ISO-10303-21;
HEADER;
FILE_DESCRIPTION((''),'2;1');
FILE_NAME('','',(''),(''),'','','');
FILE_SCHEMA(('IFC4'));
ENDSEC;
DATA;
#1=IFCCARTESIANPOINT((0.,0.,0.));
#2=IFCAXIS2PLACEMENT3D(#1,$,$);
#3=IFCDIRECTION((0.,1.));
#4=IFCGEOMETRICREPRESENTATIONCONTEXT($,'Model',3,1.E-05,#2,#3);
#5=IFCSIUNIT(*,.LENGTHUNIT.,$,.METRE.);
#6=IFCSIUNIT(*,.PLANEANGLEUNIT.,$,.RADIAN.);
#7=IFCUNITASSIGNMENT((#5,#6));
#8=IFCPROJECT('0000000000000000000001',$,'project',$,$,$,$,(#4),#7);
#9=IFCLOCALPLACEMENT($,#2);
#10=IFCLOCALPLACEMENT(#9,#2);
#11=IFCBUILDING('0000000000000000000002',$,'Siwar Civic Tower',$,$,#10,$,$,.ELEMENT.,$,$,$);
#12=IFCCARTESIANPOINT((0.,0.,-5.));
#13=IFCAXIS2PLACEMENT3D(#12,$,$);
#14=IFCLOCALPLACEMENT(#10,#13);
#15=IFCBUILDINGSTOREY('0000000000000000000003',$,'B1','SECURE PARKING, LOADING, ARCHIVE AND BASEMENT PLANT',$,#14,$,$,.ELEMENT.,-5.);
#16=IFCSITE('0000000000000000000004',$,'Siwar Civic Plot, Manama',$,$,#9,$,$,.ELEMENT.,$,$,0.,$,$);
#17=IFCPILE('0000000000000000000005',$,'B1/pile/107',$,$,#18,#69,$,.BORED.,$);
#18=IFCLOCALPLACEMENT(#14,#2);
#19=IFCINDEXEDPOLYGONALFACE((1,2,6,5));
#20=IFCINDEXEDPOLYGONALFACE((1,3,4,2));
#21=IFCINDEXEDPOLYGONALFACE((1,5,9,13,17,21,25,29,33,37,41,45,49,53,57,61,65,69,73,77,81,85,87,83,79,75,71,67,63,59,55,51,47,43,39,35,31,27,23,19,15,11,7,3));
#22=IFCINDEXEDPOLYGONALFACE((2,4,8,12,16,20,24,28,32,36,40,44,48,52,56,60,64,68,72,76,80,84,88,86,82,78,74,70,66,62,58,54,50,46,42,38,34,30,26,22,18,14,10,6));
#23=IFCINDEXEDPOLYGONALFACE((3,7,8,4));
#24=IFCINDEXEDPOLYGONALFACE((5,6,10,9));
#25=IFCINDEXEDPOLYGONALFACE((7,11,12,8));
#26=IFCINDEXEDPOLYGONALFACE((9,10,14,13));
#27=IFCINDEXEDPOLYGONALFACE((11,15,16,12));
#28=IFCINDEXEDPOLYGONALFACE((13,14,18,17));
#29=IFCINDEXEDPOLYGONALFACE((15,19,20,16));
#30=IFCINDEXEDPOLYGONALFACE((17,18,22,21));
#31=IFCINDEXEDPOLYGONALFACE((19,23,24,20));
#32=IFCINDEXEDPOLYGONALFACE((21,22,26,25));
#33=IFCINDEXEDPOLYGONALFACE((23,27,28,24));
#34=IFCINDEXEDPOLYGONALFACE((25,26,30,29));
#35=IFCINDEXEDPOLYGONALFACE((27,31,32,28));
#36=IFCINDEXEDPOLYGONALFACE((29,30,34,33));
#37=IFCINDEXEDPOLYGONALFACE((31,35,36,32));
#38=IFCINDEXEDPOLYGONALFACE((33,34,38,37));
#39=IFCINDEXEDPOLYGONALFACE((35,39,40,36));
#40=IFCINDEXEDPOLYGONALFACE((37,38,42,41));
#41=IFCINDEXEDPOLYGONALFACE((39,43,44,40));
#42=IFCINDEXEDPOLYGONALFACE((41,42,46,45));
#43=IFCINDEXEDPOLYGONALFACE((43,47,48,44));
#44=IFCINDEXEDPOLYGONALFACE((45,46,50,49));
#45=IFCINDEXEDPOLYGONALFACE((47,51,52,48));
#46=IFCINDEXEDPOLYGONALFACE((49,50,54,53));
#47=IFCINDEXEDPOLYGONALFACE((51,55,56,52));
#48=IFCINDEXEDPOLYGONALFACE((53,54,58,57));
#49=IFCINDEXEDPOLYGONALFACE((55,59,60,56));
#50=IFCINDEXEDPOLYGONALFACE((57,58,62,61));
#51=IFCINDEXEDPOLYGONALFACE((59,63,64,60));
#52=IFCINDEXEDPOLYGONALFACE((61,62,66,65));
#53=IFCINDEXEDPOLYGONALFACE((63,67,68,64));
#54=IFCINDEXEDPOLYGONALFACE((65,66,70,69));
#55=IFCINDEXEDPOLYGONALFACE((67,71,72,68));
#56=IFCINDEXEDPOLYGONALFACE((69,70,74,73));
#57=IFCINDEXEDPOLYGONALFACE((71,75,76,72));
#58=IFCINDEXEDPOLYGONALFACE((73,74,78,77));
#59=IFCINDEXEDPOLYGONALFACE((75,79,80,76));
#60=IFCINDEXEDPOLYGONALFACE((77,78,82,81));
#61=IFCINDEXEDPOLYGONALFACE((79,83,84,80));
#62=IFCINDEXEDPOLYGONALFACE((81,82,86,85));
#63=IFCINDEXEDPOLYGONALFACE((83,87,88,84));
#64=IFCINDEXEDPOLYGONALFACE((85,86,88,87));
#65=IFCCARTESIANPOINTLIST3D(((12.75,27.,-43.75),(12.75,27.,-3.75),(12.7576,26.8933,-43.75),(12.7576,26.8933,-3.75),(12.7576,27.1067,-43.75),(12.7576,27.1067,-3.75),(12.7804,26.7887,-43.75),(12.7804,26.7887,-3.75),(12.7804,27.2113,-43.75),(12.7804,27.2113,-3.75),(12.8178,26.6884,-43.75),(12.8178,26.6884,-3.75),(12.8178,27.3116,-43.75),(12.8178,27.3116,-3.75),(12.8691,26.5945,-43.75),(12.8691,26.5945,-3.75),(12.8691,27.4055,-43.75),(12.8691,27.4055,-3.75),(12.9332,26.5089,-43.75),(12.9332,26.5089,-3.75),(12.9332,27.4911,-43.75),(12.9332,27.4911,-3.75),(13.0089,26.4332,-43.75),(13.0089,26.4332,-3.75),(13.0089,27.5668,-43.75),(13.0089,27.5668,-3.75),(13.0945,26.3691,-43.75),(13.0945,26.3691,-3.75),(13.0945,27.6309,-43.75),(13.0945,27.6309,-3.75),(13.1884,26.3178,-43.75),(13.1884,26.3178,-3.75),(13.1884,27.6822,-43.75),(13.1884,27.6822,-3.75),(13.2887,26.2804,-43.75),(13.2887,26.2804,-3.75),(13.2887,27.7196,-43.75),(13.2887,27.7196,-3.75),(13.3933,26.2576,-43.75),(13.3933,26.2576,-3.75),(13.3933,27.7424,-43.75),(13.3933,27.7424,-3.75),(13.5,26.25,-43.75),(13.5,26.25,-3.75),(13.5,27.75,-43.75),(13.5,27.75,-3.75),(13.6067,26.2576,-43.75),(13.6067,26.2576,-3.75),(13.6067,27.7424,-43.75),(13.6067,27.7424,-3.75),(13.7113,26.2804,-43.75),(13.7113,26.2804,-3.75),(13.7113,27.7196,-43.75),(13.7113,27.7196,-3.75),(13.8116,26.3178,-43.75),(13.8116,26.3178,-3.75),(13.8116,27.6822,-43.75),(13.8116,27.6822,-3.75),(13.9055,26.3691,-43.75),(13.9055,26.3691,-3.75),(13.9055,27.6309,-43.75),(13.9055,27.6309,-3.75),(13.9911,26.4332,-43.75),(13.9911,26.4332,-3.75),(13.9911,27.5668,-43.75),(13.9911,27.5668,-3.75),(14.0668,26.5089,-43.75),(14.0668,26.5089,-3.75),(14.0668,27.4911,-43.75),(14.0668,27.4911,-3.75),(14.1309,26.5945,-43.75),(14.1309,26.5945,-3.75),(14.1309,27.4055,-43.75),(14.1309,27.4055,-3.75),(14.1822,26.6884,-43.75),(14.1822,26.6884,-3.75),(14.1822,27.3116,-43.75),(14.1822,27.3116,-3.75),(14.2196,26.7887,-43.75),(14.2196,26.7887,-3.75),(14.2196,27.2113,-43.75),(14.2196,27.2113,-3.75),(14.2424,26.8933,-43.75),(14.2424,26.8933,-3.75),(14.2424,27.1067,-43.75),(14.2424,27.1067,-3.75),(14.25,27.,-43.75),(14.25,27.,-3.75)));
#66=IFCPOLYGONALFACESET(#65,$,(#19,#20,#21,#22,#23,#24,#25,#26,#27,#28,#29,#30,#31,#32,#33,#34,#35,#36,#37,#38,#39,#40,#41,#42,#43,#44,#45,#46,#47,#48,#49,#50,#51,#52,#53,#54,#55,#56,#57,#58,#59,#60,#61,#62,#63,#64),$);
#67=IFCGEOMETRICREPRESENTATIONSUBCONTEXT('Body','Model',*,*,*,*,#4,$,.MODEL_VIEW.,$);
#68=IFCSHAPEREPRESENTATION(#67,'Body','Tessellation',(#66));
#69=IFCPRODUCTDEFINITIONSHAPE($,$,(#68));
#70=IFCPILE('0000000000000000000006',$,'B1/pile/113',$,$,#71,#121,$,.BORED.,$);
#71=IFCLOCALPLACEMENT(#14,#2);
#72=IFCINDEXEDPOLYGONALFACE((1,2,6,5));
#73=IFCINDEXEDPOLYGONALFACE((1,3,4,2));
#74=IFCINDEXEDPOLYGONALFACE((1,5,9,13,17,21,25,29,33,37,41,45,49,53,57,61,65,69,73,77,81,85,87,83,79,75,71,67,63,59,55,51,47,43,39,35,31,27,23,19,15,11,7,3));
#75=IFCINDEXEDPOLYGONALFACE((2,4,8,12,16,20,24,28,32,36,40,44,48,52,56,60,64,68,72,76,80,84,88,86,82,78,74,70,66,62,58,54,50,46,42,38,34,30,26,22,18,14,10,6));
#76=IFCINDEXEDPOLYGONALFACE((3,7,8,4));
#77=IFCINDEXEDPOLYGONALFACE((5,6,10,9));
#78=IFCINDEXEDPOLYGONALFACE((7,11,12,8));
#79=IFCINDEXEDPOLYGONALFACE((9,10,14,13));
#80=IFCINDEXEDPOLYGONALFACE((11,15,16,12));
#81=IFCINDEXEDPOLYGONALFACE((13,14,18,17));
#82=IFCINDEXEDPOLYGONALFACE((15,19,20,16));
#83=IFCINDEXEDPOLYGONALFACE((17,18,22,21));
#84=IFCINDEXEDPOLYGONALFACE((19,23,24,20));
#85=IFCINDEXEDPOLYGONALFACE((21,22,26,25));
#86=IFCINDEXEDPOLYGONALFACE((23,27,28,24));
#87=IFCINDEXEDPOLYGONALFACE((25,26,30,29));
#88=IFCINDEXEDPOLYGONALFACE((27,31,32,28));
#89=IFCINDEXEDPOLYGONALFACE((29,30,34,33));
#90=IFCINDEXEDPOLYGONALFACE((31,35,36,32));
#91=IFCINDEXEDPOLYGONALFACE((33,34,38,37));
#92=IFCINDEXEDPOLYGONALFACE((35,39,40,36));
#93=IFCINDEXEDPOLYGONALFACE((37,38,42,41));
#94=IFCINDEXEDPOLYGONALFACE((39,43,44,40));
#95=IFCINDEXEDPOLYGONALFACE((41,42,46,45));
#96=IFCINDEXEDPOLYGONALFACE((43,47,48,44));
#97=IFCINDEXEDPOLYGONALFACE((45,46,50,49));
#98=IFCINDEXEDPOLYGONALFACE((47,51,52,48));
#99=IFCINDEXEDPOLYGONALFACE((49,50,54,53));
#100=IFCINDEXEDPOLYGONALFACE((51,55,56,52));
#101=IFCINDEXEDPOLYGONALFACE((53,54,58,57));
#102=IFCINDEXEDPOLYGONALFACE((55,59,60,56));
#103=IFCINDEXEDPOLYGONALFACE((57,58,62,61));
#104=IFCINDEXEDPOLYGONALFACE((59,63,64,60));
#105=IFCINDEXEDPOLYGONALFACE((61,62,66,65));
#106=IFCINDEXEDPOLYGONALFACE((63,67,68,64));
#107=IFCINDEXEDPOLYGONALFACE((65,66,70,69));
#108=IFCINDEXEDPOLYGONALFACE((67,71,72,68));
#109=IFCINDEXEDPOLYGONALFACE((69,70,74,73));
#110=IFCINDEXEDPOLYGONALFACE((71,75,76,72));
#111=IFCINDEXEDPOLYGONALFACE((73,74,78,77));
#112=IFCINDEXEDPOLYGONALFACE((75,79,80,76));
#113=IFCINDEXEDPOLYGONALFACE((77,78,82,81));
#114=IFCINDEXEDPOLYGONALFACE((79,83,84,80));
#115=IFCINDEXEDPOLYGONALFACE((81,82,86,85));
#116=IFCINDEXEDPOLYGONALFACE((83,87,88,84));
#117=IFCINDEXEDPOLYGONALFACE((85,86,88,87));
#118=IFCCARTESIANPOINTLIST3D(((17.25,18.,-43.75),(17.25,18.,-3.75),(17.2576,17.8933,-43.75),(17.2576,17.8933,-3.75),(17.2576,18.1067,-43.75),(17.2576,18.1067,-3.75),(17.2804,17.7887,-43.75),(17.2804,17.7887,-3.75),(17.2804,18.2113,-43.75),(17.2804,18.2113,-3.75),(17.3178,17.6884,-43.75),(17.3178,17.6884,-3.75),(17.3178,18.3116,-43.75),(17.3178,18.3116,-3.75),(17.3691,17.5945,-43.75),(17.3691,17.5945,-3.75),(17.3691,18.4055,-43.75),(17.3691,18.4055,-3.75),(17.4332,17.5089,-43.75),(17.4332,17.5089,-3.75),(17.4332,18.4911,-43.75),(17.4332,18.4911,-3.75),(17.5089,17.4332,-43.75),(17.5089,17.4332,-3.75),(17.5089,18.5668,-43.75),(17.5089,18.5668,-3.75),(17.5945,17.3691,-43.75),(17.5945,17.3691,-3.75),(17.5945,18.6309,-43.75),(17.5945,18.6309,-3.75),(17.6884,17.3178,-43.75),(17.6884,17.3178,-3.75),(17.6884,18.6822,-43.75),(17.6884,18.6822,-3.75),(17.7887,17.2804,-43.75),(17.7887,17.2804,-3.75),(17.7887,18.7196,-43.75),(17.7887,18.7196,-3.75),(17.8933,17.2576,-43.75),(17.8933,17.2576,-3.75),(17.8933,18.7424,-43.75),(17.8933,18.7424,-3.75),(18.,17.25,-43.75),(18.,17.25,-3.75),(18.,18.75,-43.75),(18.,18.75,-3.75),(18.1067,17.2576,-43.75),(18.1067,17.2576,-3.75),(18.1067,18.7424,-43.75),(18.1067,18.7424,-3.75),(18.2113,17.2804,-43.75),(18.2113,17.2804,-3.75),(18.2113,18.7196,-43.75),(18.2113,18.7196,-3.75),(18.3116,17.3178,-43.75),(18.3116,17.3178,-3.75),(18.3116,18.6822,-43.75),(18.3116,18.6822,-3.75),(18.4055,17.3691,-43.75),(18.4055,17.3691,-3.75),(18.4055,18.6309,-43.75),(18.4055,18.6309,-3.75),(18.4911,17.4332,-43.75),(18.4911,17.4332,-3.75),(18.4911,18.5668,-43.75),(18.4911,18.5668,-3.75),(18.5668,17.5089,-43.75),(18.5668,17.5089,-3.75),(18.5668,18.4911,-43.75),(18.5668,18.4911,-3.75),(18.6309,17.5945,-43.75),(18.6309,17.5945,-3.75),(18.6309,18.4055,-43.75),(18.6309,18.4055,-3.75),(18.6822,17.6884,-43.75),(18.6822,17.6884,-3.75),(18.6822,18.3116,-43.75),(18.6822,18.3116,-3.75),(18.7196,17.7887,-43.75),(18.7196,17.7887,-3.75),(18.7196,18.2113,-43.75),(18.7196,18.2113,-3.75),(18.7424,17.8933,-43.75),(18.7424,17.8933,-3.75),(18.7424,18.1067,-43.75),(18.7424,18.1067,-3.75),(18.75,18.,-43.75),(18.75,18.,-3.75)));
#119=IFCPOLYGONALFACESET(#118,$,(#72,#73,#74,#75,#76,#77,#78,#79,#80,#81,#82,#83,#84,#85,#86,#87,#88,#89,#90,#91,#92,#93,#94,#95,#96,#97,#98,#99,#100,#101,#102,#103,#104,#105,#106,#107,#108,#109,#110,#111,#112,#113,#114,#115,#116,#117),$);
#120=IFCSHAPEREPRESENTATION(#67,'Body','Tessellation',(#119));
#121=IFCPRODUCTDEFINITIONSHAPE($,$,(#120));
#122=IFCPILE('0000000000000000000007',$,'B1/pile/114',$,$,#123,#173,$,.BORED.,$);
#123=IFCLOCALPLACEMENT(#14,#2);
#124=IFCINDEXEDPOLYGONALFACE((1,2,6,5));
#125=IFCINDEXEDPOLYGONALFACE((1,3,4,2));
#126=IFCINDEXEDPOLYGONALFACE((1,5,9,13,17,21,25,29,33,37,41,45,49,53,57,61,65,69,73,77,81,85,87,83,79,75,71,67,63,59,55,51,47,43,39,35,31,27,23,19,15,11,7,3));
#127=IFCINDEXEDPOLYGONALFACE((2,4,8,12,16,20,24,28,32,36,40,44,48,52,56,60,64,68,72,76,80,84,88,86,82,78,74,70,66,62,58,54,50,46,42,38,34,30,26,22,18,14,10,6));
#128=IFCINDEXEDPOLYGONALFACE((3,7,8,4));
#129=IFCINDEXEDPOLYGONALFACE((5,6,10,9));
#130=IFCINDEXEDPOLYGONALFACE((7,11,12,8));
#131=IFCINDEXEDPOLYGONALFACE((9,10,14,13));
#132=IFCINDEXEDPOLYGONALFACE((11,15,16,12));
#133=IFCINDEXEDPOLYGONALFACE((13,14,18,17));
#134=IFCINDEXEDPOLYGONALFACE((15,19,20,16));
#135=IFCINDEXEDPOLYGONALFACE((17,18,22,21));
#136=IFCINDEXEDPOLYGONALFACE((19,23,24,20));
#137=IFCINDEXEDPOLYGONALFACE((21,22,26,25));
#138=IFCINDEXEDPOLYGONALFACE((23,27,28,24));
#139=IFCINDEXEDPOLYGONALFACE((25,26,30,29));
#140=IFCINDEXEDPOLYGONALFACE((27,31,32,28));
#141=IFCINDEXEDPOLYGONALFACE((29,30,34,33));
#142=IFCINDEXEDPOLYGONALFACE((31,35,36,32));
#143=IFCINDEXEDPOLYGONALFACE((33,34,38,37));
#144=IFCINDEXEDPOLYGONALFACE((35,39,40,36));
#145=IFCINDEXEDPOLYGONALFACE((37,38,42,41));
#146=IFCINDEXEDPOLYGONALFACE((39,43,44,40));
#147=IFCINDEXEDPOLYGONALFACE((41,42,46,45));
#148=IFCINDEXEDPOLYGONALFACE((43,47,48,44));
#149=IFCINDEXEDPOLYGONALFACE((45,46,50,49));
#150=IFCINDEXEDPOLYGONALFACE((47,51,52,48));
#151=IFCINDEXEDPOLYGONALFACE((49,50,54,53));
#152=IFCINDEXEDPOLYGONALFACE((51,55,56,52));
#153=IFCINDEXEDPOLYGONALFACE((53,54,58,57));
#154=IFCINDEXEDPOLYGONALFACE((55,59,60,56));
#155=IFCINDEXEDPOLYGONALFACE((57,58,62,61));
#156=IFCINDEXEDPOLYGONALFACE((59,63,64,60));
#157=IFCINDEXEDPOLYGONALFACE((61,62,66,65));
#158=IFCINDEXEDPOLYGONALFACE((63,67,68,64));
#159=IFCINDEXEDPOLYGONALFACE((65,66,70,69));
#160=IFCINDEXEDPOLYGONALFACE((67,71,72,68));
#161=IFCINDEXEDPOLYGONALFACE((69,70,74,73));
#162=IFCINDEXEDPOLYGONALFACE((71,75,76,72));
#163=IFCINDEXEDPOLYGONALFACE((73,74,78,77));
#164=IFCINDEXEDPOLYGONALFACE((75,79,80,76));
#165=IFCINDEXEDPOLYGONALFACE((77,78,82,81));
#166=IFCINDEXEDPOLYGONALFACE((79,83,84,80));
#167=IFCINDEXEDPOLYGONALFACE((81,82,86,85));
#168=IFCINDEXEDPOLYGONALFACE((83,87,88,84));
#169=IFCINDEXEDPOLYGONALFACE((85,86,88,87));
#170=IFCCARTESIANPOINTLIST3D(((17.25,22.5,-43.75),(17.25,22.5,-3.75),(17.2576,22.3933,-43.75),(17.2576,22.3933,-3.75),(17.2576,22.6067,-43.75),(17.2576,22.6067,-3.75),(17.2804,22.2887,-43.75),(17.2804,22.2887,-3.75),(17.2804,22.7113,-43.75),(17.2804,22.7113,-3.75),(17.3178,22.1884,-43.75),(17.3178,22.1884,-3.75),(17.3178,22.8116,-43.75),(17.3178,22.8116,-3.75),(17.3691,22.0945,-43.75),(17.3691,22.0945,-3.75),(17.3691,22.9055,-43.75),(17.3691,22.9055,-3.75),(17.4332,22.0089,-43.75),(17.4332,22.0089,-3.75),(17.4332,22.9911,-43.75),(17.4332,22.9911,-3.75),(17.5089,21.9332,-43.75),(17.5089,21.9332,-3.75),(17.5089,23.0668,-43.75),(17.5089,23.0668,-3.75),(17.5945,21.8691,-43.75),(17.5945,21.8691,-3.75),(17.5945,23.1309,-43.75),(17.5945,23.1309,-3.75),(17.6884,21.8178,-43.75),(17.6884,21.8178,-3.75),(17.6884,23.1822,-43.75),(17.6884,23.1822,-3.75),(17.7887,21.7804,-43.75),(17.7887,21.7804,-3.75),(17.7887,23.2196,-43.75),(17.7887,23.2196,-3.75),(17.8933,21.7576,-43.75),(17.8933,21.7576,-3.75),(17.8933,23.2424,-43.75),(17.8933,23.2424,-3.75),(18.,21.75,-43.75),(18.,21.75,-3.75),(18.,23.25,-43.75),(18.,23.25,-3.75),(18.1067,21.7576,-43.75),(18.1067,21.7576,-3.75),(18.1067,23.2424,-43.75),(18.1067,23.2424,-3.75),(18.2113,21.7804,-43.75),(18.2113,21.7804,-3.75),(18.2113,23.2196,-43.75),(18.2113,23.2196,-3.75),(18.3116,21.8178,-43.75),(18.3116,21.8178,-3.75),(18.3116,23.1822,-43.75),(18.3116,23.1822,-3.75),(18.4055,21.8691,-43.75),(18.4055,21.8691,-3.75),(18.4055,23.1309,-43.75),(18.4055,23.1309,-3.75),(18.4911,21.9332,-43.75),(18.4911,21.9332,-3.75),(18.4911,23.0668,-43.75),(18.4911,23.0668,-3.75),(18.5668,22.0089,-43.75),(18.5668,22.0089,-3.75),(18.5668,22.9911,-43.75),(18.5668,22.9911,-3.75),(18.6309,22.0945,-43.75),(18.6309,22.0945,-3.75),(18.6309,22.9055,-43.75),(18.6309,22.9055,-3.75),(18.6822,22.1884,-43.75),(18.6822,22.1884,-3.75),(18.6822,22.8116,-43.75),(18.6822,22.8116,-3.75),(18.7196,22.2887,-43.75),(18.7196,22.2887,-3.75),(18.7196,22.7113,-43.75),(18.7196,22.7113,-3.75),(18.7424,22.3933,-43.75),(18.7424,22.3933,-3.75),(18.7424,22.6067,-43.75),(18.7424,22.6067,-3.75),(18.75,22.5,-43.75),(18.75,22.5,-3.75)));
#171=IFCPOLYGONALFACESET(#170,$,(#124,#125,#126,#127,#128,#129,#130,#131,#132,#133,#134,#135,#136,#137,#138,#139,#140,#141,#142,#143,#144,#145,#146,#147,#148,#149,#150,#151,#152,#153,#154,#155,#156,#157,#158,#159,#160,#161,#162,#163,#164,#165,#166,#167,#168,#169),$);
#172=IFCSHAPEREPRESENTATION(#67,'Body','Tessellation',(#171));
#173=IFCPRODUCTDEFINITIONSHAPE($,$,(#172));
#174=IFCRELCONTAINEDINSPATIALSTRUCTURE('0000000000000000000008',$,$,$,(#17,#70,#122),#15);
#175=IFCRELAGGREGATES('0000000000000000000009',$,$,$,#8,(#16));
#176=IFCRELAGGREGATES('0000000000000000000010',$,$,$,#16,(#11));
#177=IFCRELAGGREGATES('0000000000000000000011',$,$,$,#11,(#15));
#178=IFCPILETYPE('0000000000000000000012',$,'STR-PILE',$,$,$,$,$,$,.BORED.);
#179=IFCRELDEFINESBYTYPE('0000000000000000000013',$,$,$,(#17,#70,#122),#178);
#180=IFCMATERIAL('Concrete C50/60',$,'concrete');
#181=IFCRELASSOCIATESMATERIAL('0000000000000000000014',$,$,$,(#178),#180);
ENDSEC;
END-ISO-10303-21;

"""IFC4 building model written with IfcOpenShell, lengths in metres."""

from ifc_helpers import new_model, si_unit, direction, frame, origin, origin_2d, place, context, subcontext, project, spatial, circle, extrude, material, material_profile, profile_set, type_object, element, save


model = new_model("IFC4")

# Units and contexts
model_context = context("Model", 3, precision=1e-05, world=origin(), true_north=direction((0.0, 1.0)))
body_context = subcontext(model_context, "Body", "Model", "MODEL_VIEW")
ifc_project = project(units=[si_unit("LENGTHUNIT", "METRE"), si_unit("PLANEANGLEUNIT", "RADIAN")], contexts=[model_context])

# Site, building, storey
site_placement = place(None, origin())
site = spatial("IfcSite", under=ifc_project, at=site_placement, Name="Siwar Civic Plot, Manama", CompositionType="ELEMENT", RefElevation=0.0)
building_placement = place(site_placement, origin())
building = spatial("IfcBuilding", under=site, at=building_placement, Name="Siwar Civic Tower", CompositionType="ELEMENT")
storey_placement = place(building_placement, frame((0.0, 0.0, -5.0)))
storey = spatial("IfcBuildingStorey", under=building, at=storey_placement, Name="B1", Description="SECURE PARKING, LOADING, ARCHIVE AND BASEMENT PLANT", CompositionType="ELEMENT", Elevation=-5.0)

# Piles
ifc_material_1 = material(Name="Concrete C50/60", Category="concrete")
ifc_material_profile_1 = material_profile(ifc_material_1, circle(Radius=0.75, at=origin_2d()), Name="PILE1500")
ifc_profile_set_1 = profile_set([ifc_material_profile_1], Name="Concrete C50/60")
pile_type = type_object("IfcPileType", Name="STR-PILE", PredefinedType="BORED", material=ifc_profile_set_1)
for number, where, z_axis, x_axis, name in (
    (1, (13.5, 27.0, -3.75), (0.0, 0.0, -1.0), (1.0, 0.0, 0.0), "B1/pile/107"),
    (2, (18.0, 18.0, -3.75), (0.0, 0.0, -1.0), (1.0, 0.0, 0.0), "B1/pile/113"),
    (3, (18.0, 22.5, -3.75), (0.0, 0.0, -1.0), (1.0, 0.0, 0.0), "B1/pile/114"),
):
    element("IfcPile", number, at=place(storey_placement, frame(where, z_axis=z_axis, x_axis=x_axis)), inside=storey, type_object=pile_type, Name=name, PredefinedType="BORED", context=body_context, shape_type="SweptSolid", body=[
        extrude(circle(Radius=0.75, at=origin_2d()), origin(), (0.0, 0.0, 1.0), 40.0),
    ])

save(model, "model.ifc")
